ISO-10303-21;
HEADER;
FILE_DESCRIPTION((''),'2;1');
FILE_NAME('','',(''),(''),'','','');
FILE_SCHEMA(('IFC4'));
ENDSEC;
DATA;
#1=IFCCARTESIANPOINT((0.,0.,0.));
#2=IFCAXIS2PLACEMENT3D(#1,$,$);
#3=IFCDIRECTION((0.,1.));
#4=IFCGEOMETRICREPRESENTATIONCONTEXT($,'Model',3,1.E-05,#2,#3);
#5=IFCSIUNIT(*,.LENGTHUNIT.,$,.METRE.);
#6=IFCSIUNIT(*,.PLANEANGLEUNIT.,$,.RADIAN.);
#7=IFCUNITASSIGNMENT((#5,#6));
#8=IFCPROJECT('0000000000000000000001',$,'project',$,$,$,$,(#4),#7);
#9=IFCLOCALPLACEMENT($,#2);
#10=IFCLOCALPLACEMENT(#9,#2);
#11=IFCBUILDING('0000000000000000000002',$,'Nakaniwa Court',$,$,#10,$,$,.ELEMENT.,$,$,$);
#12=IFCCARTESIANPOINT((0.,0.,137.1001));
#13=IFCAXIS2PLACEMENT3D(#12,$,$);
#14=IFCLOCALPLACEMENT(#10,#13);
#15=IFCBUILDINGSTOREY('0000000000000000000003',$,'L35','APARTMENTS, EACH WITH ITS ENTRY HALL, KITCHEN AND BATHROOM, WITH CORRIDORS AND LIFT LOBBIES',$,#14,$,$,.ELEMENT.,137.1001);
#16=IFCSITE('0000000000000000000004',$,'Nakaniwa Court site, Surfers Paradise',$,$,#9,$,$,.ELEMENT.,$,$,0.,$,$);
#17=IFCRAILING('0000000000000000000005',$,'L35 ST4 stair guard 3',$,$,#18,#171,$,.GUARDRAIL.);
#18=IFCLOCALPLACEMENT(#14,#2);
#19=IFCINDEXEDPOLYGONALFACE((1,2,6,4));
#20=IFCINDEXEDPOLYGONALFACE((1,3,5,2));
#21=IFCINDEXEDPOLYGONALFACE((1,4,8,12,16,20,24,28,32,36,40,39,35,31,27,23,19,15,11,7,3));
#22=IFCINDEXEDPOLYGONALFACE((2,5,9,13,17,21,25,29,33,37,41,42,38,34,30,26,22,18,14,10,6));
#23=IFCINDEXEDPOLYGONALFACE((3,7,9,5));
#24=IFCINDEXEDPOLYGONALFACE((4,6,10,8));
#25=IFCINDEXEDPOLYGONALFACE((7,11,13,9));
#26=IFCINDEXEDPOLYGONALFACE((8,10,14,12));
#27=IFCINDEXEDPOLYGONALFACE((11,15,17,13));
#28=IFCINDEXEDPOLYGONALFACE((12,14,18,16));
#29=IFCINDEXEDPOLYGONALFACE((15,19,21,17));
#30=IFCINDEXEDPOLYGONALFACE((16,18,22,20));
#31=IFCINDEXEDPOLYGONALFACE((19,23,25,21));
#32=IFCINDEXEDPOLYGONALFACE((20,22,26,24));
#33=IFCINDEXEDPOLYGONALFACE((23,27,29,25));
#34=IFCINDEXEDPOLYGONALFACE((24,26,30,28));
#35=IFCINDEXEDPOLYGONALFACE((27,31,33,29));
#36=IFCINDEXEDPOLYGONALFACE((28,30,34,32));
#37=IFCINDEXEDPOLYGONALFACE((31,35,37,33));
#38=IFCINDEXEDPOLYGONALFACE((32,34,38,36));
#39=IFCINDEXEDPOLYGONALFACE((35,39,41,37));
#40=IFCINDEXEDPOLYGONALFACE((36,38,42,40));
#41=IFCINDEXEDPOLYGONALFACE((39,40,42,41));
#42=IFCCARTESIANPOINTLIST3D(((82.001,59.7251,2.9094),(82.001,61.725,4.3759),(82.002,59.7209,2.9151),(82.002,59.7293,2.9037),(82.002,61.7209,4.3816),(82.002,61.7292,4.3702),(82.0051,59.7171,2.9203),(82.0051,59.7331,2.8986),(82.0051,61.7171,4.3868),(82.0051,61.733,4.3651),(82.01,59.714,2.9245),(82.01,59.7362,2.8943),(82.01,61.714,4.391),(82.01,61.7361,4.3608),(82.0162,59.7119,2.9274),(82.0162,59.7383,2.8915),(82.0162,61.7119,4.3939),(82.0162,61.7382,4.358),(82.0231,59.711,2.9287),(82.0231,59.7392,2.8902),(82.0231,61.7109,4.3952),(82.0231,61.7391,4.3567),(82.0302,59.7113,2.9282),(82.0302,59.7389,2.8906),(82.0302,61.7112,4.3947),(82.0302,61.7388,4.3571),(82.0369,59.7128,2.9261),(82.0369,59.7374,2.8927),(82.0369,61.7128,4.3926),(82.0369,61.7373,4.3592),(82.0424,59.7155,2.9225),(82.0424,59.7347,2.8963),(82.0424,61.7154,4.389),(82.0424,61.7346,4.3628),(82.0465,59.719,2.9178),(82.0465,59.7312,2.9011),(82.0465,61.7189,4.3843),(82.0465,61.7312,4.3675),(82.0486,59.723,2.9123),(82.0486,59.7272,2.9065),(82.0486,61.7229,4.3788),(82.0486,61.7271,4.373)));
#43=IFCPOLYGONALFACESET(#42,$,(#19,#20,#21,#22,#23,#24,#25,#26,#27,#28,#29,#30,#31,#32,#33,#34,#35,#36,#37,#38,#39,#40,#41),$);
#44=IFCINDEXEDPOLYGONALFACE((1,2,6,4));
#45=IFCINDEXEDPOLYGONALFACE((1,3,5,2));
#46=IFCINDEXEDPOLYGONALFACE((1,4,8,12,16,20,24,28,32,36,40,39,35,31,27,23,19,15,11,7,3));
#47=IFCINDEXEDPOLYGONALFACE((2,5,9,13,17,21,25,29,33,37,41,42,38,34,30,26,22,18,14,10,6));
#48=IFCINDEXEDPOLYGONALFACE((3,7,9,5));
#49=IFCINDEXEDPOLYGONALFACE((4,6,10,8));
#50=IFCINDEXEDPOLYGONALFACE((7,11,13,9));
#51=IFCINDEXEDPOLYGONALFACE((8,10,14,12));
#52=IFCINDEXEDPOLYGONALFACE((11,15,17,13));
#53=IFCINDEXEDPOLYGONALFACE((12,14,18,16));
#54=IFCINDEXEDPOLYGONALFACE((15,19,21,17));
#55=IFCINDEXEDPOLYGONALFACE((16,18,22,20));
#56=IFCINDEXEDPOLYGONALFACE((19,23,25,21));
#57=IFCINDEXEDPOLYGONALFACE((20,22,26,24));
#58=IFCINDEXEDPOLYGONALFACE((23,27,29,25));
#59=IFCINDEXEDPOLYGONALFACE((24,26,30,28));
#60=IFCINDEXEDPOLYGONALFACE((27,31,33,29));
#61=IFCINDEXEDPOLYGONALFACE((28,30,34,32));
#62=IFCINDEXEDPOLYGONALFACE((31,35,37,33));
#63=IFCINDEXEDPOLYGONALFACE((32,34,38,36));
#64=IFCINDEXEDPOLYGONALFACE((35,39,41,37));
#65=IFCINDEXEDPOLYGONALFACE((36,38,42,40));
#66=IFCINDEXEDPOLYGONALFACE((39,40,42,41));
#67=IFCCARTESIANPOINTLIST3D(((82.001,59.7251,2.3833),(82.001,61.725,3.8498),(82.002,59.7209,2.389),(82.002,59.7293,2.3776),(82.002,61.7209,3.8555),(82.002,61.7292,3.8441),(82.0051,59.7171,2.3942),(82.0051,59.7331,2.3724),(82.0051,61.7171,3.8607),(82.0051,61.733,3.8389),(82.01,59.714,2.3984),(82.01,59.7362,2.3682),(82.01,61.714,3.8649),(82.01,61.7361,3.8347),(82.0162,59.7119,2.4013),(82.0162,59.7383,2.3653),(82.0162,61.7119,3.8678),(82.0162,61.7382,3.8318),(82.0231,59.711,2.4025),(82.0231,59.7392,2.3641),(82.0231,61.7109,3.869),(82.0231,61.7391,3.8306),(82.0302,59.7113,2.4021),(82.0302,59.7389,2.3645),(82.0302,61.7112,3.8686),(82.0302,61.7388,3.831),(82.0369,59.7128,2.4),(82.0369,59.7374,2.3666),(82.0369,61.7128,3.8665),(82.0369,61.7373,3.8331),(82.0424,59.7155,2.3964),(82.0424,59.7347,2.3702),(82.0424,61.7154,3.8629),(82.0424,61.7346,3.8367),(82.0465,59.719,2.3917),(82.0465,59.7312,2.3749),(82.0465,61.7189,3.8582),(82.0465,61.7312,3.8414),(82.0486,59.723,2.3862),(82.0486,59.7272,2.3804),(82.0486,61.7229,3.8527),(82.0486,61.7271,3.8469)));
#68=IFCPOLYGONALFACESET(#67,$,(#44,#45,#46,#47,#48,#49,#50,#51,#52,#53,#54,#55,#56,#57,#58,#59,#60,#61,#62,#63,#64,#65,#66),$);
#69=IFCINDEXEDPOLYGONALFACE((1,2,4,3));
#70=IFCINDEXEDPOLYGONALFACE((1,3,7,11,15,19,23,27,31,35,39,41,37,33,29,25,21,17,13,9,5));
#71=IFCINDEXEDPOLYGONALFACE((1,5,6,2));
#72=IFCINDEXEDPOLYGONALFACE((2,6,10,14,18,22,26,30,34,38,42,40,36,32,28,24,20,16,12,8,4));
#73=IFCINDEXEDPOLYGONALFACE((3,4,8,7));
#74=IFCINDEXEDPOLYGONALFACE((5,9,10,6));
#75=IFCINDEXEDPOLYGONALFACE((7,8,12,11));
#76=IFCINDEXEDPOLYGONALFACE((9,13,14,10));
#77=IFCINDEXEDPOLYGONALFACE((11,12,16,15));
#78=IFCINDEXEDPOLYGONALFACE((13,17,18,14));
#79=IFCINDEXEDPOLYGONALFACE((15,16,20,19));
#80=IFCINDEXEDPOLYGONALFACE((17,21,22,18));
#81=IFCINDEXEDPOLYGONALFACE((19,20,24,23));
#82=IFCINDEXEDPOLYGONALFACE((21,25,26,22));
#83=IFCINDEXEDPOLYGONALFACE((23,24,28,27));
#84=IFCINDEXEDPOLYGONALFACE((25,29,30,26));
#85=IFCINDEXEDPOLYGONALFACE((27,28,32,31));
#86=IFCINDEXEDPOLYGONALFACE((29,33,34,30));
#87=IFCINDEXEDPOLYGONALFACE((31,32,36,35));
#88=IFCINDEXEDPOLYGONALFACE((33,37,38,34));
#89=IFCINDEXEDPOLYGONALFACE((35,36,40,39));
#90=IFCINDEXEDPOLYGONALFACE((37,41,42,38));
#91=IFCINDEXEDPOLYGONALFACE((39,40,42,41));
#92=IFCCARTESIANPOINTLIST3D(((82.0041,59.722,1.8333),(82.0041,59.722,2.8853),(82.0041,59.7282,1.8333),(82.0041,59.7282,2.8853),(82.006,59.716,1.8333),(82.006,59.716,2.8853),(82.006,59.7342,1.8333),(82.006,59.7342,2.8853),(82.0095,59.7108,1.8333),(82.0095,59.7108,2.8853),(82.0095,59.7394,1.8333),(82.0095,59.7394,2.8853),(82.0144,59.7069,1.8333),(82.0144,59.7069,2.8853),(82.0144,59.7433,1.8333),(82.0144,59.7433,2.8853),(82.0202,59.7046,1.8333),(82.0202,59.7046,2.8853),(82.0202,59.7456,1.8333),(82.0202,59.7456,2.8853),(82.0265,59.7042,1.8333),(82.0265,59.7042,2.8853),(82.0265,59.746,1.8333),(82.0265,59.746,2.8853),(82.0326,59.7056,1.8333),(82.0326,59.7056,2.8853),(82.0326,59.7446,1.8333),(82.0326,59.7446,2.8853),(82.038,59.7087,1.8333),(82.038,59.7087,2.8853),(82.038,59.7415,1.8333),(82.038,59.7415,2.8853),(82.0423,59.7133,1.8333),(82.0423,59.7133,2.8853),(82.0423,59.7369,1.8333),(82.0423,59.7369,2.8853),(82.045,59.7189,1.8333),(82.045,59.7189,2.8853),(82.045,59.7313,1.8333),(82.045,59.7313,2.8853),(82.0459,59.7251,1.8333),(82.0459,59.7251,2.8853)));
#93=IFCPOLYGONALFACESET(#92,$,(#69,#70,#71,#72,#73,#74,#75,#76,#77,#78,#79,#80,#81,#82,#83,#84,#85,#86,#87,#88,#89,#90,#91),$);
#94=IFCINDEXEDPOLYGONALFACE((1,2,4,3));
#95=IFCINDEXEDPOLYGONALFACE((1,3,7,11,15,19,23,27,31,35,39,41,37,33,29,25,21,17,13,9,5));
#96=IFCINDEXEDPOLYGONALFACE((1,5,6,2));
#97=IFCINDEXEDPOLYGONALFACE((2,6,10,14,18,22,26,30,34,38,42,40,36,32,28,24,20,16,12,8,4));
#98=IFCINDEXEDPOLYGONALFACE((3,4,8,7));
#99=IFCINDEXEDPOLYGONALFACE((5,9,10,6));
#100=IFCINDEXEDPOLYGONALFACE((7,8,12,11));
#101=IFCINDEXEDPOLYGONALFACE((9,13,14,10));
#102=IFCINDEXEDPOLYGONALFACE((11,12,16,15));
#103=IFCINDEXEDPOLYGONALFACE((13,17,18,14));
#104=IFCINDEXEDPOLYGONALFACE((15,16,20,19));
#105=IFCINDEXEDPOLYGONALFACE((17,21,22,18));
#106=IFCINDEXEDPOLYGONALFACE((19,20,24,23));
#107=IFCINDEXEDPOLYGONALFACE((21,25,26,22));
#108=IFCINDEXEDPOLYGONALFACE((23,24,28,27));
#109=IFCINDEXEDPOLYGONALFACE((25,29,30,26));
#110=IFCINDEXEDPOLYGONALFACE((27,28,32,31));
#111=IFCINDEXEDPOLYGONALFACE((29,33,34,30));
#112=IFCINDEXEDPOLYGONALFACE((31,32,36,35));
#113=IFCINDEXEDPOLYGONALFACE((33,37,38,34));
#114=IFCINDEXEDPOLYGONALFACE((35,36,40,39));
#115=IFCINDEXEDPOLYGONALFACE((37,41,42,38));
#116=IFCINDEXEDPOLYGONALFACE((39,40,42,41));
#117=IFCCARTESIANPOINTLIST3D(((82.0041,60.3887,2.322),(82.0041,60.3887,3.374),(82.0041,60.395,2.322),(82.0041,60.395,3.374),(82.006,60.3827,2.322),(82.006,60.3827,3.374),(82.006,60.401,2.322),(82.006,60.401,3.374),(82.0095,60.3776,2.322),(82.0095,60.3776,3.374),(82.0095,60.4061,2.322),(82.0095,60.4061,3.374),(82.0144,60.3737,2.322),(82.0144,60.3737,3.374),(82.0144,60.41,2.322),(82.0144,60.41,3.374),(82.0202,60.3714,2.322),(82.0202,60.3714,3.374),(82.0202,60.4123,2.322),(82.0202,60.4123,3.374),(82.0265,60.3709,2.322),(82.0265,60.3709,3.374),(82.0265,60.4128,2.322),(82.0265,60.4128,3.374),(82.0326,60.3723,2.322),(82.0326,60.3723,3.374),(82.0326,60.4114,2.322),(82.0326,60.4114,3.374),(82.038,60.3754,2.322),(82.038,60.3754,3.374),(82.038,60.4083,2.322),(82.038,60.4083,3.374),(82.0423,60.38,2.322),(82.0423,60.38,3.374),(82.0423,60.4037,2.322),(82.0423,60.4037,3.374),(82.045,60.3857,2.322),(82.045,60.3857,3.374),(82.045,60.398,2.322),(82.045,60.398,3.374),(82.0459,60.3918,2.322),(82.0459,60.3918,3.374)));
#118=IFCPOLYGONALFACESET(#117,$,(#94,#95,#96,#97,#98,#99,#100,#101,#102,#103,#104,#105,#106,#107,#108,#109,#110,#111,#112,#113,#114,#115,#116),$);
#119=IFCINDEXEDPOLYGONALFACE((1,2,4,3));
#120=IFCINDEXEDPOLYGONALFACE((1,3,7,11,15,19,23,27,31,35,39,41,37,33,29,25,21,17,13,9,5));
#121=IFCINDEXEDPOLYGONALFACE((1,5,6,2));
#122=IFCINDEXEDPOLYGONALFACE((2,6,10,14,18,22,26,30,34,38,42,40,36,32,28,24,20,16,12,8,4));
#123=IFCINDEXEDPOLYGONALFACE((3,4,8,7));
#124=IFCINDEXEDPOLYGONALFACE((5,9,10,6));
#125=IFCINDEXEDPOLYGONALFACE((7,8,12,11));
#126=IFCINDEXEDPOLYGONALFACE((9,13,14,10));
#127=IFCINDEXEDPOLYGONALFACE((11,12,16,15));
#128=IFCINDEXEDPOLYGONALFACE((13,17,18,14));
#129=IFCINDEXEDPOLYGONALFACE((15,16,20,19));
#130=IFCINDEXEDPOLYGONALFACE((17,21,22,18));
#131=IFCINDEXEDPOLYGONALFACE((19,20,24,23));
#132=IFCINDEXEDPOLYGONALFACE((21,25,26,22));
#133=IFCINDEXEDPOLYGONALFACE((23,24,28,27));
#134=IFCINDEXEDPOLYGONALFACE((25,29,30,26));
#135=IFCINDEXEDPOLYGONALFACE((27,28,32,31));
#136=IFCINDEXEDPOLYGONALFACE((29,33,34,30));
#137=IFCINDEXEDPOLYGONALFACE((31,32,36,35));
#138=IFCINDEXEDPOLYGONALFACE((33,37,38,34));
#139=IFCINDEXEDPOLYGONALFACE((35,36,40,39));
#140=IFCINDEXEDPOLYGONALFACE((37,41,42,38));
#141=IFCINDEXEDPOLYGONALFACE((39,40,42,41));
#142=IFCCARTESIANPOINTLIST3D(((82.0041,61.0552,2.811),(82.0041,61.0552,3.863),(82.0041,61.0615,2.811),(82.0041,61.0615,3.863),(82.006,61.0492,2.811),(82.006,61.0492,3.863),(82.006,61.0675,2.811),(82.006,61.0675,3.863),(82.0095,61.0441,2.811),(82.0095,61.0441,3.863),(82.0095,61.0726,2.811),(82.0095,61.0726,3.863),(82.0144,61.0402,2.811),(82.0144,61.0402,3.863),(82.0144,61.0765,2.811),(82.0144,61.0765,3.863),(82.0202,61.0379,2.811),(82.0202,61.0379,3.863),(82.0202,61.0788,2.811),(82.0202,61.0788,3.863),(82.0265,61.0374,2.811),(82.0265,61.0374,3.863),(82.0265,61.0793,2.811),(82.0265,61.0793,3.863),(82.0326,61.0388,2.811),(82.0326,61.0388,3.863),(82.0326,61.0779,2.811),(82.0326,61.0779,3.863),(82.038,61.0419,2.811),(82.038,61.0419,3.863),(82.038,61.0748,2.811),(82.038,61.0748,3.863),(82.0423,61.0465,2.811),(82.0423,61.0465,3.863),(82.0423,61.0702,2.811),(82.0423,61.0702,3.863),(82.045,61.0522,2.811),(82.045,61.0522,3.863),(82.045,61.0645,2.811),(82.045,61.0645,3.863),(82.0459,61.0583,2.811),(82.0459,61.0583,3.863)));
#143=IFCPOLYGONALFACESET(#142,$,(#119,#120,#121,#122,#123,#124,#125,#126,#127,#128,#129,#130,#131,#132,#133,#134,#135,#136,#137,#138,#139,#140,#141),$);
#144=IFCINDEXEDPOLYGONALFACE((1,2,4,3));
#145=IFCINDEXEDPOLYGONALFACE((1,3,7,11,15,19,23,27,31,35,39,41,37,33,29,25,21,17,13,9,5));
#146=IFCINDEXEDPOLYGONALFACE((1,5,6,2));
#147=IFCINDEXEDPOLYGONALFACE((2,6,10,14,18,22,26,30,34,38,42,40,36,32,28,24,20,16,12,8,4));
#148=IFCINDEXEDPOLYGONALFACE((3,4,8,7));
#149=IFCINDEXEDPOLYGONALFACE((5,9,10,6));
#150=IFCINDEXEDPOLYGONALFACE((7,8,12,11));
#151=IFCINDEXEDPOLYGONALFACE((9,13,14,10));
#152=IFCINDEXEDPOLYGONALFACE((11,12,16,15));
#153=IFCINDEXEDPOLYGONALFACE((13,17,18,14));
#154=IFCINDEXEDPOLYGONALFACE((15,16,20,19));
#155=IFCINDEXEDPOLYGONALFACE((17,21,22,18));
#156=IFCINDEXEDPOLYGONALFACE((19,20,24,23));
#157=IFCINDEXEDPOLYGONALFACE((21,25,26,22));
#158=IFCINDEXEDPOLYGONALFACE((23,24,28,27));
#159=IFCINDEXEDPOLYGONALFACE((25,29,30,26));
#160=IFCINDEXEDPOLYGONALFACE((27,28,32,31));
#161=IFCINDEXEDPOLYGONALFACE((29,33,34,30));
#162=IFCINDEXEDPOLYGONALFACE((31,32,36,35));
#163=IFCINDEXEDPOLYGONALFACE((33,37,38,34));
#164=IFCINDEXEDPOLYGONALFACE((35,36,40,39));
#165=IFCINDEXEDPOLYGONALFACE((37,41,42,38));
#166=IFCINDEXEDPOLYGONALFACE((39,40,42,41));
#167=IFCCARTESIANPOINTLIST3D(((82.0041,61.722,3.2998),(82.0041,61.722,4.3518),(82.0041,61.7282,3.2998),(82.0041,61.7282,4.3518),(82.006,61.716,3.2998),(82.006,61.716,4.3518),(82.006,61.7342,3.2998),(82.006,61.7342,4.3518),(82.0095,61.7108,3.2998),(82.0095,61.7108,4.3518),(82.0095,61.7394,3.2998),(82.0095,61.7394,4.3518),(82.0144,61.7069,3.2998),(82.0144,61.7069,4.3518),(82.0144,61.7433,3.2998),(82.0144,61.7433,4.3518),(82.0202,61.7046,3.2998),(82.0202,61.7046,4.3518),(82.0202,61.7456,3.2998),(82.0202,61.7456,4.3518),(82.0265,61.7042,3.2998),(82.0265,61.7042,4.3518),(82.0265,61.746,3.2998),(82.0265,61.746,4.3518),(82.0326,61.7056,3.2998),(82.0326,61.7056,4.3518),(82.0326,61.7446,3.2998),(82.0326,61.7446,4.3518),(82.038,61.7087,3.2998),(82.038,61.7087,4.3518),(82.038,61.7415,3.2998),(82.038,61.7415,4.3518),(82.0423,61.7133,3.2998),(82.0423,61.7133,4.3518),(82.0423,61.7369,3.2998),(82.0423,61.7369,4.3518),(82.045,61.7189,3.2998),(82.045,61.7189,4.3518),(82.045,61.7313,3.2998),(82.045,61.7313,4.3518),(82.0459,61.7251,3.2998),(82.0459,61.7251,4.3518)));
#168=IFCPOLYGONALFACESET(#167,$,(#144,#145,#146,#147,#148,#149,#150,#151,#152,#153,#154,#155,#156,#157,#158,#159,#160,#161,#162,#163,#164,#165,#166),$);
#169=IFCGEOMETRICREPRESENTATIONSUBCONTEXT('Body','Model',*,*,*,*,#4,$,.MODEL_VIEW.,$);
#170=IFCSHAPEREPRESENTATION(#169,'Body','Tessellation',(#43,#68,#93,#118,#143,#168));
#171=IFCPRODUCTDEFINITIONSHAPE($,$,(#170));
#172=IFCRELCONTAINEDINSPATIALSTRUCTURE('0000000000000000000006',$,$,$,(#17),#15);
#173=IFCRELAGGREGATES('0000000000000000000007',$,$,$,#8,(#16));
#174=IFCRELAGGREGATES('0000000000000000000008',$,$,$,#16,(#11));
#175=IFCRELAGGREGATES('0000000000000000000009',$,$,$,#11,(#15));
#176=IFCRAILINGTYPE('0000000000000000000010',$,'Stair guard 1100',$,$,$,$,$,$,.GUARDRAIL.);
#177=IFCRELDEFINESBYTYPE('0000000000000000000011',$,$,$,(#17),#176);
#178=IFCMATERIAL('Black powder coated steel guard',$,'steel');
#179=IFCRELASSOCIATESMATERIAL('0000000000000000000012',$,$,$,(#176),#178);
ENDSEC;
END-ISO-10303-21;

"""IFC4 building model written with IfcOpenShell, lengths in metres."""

from ifc_helpers import new_model, si_unit, direction, frame, origin, origin_2d, place, context, subcontext, project, spatial, circle, extrude, material, type_object, element, save


model = new_model("IFC4")

# Units and contexts
model_context = context("Model", 3, precision=1e-05, world=origin(), true_north=direction((0.0, 1.0)))
body_context = subcontext(model_context, "Body", "Model", "MODEL_VIEW")
ifc_project = project(units=[si_unit("LENGTHUNIT", "METRE"), si_unit("PLANEANGLEUNIT", "RADIAN")], contexts=[model_context])

# Site, building, storey
site_placement = place(None, origin())
site = spatial("IfcSite", under=ifc_project, at=site_placement, Name="Nakaniwa Court site, Surfers Paradise", CompositionType="ELEMENT", RefElevation=0.0)
building_placement = place(site_placement, origin())
building = spatial("IfcBuilding", under=site, at=building_placement, Name="Nakaniwa Court", CompositionType="ELEMENT")
storey_placement = place(building_placement, frame((0.0, 0.0, 137.1001)))
storey = spatial("IfcBuildingStorey", under=building, at=storey_placement, Name="L35", Description="APARTMENTS, EACH WITH ITS ENTRY HALL, KITCHEN AND BATHROOM, WITH CORRIDORS AND LIFT LOBBIES", CompositionType="ELEMENT", Elevation=137.1001)

# Railing
ifc_material_1 = material(Name="Black powder coated steel guard", Category="steel")
railing_type_1 = type_object("IfcRailingType", Name="Stair guard 1100", PredefinedType="GUARDRAIL", material=ifc_material_1)
railing_1_placement = place(storey_placement, frame((82.0249, 59.7251, 1.8333)))
element("IfcRailing", 1, at=railing_1_placement, inside=storey, type_object=railing_type_1, Name="L35 ST4 stair guard 3", PredefinedType="GUARDRAIL", context=body_context, shape_type="SweptSolid", body=[
    extrude(circle(Radius=0.0239, at=origin_2d()), frame((0.0, 0.0, 1.0762), z_axis=(0.0, 0.806427, 0.591334), x_axis=(-1.0, 0.0, 0.0)), (0.0, 0.0, 1.0), 2.48),
    extrude(circle(Radius=0.0239, at=origin_2d()), frame((0.0, 0.0, 0.55), z_axis=(0.0, 0.806427, 0.591334), x_axis=(-1.0, 0.0, 0.0)), (0.0, 0.0, 1.0), 2.48),
    extrude(circle(Radius=0.021, at=origin_2d()), origin(), (0.0, 0.0, 1.0), 1.052),
    extrude(circle(Radius=0.021, at=origin_2d()), frame((0.0, 0.6667, 0.4888)), (0.0, 0.0, 1.0), 1.052),
    extrude(circle(Radius=0.021, at=origin_2d()), frame((0.0, 1.3333, 0.9778)), (0.0, 0.0, 1.0), 1.052),
    extrude(circle(Radius=0.021, at=origin_2d()), frame((0.0, 2.0, 1.4666)), (0.0, 0.0, 1.0), 1.052),
])

save(model, "model.ifc")
